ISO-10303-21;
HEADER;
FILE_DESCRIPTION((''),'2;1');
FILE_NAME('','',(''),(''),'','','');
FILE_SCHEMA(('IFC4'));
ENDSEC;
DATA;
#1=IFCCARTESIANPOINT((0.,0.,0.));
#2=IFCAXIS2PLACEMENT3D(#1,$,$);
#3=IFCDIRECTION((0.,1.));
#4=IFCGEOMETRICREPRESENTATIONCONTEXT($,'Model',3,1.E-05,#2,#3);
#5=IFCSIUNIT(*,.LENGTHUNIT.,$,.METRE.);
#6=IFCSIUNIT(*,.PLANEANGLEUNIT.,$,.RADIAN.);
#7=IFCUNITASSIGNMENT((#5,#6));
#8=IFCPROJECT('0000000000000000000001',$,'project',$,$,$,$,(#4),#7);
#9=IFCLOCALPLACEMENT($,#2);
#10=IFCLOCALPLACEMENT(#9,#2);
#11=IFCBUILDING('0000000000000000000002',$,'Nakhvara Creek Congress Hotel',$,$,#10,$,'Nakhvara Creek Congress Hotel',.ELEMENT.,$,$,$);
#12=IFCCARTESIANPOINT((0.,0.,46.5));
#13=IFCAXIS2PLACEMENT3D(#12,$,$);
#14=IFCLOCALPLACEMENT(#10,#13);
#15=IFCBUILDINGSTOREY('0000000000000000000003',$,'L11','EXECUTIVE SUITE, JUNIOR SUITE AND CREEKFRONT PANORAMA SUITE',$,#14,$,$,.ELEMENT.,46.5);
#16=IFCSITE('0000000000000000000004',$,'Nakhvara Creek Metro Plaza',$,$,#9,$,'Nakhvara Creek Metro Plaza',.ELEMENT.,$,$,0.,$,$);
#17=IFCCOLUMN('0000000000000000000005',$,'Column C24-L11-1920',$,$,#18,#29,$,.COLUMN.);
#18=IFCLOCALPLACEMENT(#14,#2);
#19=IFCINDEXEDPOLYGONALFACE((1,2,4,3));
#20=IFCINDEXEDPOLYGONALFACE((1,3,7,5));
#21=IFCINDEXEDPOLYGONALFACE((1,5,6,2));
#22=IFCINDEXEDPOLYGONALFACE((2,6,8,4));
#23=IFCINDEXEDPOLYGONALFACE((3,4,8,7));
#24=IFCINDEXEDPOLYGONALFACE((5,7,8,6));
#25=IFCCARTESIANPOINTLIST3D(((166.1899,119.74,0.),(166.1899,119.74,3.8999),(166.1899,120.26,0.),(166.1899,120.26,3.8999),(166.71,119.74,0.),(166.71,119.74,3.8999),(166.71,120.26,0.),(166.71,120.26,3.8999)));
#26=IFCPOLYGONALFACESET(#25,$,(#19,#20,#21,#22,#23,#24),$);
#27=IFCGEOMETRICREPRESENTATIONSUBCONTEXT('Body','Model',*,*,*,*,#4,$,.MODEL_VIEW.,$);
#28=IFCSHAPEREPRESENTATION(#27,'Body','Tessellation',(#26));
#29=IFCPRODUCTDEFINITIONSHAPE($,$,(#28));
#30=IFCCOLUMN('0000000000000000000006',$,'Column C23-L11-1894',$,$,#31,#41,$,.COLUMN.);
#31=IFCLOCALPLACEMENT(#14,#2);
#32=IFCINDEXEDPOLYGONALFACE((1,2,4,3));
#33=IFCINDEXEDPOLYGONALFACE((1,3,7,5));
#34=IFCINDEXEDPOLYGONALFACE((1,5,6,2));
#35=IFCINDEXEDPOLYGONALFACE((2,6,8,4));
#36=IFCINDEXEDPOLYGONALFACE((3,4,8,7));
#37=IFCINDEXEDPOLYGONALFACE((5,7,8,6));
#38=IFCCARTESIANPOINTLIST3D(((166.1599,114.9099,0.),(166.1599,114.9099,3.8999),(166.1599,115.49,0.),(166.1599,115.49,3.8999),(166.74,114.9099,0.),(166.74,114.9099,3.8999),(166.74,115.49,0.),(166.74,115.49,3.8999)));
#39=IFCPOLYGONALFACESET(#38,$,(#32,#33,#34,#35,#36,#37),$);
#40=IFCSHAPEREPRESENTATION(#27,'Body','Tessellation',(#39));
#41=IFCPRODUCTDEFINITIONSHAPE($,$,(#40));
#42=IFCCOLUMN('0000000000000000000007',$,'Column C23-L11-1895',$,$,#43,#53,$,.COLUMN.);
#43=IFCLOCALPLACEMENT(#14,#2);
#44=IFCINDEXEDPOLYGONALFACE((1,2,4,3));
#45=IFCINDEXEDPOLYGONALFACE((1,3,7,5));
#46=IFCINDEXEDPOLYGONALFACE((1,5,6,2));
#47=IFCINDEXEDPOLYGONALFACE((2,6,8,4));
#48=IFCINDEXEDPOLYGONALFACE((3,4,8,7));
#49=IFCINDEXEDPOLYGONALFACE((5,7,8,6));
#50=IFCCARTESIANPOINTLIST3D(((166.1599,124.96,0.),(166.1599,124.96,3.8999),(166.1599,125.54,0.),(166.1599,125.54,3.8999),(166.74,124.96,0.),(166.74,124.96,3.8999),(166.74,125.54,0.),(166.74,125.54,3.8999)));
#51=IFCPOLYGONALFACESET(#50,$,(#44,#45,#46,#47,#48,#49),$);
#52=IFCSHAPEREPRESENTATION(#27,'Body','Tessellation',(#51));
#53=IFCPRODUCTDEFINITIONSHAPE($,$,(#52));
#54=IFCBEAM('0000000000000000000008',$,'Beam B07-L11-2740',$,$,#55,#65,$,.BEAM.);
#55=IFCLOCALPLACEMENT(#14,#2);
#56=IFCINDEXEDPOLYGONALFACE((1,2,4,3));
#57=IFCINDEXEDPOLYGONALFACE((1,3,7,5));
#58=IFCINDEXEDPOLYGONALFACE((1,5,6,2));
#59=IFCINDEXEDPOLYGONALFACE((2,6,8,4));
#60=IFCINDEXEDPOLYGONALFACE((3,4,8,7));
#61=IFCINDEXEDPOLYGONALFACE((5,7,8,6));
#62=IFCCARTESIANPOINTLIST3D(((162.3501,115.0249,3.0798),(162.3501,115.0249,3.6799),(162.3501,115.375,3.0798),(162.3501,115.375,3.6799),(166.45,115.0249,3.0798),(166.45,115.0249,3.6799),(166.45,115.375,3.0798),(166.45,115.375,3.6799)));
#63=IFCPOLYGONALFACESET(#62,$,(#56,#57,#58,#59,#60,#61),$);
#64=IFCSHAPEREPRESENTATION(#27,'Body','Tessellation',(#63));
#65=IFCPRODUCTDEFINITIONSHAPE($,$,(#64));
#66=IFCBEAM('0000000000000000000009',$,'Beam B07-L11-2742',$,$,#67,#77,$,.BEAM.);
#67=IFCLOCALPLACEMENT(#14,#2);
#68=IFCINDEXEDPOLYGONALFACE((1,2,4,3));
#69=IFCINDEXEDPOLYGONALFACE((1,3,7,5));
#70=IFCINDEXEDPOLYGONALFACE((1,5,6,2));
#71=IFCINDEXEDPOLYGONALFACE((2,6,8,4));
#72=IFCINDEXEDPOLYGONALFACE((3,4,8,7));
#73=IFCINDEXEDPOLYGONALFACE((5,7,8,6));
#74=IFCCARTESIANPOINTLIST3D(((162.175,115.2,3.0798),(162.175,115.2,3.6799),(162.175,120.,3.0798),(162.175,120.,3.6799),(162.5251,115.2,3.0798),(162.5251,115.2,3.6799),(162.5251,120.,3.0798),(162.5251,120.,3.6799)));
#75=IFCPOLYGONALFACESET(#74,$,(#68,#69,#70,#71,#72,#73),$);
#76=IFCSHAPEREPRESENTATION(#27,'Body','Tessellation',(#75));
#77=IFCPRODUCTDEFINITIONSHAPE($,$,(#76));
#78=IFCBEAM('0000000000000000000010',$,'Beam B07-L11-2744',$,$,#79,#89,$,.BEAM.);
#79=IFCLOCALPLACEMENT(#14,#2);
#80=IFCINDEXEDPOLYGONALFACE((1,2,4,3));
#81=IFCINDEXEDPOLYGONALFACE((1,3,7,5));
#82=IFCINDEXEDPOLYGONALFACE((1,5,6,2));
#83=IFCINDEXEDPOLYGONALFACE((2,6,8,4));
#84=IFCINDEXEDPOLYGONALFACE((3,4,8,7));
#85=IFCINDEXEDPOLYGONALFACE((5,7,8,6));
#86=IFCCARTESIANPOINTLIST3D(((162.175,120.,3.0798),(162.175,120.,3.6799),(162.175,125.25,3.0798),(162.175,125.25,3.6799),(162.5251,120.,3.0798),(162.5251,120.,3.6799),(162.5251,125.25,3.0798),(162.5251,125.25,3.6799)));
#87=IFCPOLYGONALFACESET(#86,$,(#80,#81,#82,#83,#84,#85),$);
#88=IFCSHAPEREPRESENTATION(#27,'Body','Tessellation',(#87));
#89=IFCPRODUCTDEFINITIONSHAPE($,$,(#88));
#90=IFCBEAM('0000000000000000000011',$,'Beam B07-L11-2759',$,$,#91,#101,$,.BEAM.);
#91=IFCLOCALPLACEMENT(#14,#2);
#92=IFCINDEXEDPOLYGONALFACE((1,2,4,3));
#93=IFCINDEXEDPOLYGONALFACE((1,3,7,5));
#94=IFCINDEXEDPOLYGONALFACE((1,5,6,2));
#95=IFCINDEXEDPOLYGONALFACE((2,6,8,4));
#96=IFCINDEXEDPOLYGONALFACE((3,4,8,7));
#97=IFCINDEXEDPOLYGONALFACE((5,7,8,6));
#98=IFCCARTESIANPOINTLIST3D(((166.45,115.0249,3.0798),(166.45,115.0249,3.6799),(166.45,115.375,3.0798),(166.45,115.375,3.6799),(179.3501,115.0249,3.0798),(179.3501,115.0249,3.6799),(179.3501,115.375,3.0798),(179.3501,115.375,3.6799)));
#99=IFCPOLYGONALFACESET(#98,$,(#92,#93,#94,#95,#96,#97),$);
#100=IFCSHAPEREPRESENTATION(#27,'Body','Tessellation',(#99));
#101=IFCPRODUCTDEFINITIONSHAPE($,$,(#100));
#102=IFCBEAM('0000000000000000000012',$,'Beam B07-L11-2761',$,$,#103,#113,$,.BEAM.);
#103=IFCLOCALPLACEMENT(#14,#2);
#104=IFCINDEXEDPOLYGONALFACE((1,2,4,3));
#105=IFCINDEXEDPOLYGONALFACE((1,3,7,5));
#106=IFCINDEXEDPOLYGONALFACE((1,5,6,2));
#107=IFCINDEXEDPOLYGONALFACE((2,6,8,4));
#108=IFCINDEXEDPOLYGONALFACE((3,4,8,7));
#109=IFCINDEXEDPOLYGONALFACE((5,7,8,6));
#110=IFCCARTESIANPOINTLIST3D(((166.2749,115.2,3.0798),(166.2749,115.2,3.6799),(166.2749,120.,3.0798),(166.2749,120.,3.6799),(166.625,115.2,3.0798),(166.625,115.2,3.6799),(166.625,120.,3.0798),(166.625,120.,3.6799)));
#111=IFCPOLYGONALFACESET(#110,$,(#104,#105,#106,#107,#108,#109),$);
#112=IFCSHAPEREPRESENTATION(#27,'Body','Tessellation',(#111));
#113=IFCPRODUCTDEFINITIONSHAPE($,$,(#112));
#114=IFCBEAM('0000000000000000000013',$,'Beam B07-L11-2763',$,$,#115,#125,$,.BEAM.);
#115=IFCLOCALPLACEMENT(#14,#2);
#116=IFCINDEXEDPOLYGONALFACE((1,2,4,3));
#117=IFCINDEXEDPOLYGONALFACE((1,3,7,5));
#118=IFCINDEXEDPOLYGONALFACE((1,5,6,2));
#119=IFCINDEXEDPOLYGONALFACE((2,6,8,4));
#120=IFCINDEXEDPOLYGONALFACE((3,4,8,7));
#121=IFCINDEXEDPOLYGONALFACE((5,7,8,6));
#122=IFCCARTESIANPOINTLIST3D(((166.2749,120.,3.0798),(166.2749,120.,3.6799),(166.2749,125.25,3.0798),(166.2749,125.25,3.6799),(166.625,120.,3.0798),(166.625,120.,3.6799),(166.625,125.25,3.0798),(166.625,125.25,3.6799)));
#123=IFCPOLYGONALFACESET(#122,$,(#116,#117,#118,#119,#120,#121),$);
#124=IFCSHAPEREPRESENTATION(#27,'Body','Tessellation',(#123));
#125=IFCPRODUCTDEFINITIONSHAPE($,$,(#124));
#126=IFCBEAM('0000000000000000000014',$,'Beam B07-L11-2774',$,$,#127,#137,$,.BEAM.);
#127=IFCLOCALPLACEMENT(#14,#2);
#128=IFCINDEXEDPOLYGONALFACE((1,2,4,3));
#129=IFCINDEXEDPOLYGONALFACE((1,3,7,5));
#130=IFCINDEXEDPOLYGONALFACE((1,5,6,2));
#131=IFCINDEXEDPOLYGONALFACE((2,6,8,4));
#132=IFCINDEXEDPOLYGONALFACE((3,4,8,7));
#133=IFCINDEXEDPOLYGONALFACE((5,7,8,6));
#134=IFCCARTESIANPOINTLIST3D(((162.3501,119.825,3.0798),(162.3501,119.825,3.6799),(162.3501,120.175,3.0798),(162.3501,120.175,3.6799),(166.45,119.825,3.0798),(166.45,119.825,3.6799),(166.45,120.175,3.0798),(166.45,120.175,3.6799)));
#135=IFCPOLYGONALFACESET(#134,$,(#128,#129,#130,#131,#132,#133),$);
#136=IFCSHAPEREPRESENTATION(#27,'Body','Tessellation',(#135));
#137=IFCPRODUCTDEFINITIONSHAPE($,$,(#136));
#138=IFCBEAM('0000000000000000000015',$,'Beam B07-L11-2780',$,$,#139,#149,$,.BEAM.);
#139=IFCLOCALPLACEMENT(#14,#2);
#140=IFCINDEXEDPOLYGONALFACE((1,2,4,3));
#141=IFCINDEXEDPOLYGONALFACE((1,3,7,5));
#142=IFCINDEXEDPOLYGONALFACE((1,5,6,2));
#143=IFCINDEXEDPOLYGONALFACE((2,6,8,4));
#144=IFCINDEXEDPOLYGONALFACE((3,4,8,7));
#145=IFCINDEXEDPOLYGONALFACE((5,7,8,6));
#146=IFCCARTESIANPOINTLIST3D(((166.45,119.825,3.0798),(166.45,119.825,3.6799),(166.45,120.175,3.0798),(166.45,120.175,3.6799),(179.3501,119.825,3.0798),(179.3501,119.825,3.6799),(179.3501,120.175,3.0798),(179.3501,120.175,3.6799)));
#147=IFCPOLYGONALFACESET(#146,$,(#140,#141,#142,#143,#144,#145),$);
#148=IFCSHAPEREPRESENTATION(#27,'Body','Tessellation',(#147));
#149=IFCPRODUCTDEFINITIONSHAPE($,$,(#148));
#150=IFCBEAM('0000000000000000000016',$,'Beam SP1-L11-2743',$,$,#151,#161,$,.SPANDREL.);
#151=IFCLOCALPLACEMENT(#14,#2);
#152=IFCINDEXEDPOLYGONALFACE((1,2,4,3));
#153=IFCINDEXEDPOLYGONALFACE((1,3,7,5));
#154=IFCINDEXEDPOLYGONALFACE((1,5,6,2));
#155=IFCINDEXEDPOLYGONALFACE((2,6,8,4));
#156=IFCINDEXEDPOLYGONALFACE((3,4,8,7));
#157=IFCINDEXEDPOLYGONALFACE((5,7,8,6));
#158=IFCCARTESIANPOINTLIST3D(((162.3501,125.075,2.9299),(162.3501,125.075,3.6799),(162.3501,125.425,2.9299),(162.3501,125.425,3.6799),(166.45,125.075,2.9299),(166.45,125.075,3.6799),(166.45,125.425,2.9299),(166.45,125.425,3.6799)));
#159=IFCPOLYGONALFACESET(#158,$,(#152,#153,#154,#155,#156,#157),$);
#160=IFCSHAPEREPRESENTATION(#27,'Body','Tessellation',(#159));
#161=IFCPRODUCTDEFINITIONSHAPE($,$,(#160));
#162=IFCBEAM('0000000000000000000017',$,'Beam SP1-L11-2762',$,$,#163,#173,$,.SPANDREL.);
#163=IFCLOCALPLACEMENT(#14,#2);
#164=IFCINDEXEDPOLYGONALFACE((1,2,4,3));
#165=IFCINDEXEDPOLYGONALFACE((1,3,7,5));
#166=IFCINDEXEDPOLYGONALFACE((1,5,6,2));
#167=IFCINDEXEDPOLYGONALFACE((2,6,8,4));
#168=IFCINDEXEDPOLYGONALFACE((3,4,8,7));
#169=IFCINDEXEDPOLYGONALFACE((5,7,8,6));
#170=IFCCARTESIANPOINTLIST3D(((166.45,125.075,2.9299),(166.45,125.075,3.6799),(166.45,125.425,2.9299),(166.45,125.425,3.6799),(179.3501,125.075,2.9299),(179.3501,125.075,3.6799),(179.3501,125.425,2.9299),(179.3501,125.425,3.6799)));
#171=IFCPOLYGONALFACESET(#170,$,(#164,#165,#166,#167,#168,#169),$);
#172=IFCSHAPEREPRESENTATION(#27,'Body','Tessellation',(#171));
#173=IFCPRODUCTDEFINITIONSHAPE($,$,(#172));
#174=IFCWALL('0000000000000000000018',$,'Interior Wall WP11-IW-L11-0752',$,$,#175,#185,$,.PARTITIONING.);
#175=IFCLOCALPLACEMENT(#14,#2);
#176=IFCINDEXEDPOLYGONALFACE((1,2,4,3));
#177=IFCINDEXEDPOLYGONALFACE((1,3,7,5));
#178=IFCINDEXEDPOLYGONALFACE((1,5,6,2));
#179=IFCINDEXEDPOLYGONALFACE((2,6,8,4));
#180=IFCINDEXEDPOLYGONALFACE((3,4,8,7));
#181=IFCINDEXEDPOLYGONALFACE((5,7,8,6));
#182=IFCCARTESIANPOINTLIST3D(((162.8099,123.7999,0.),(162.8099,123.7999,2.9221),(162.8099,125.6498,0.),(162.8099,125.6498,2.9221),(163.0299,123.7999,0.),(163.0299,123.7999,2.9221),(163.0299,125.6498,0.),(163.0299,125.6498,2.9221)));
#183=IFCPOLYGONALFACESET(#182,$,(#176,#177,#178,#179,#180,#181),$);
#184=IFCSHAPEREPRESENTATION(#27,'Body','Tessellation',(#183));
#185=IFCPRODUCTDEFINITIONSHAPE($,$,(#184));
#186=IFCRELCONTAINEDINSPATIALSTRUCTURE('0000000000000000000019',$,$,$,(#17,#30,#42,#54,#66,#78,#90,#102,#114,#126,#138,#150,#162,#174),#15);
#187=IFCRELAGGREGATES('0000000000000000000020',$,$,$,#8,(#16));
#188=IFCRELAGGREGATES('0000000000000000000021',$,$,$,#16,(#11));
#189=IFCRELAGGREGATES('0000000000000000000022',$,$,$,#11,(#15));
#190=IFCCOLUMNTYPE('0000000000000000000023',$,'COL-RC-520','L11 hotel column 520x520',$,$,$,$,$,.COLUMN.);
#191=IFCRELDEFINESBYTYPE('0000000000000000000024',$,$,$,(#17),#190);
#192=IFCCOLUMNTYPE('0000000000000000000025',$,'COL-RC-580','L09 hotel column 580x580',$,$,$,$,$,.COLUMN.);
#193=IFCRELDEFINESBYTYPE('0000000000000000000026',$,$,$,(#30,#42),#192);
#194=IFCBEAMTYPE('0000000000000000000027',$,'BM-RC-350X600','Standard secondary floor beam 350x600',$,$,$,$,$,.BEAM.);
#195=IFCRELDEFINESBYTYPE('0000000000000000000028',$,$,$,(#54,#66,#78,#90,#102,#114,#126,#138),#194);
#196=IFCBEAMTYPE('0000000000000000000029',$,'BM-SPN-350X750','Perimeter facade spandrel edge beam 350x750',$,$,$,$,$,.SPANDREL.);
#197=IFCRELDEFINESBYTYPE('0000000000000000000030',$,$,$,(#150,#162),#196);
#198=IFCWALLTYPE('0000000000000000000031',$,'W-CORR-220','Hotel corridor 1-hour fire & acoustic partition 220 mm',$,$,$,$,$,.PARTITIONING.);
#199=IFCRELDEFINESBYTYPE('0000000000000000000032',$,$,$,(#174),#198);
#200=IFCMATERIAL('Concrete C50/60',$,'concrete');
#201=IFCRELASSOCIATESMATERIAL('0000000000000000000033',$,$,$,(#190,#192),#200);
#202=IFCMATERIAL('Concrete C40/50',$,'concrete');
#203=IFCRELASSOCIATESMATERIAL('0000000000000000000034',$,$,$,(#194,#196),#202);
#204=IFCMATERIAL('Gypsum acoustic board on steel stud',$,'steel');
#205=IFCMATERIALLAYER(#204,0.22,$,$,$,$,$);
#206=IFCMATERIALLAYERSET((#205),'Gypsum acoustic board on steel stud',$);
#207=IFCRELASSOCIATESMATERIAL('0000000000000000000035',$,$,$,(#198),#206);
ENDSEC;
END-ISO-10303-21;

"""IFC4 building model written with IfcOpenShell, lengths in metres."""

from ifc_helpers import new_model, si_unit, direction, frame, frame_2d, origin, origin_2d, place, context, subcontext, project, spatial, rectangle, extrude, material, layer, layer_set, material_profile, profile_set, type_object, element, save


model = new_model("IFC4")

# Units and contexts
model_context = context("Model", 3, precision=1e-05, world=origin(), true_north=direction((0.0, 1.0)))
body_context = subcontext(model_context, "Body", "Model", "MODEL_VIEW")
ifc_project = project(units=[si_unit("LENGTHUNIT", "METRE"), si_unit("PLANEANGLEUNIT", "RADIAN")], contexts=[model_context])

# Site, building, storey
site_placement = place(None, origin())
site = spatial("IfcSite", under=ifc_project, at=site_placement, Name="Nakhvara Creek Metro Plaza", LongName="Nakhvara Creek Metro Plaza", CompositionType="ELEMENT", RefElevation=0.0)
building_placement = place(site_placement, origin())
building = spatial("IfcBuilding", under=site, at=building_placement, Name="Nakhvara Creek Congress Hotel", LongName="Nakhvara Creek Congress Hotel", CompositionType="ELEMENT")
storey_placement = place(building_placement, frame((0.0, 0.0, 46.5)))
storey = spatial("IfcBuildingStorey", under=building, at=storey_placement, Name="L11", Description="EXECUTIVE SUITE, JUNIOR SUITE AND CREEKFRONT PANORAMA SUITE", CompositionType="ELEMENT", Elevation=46.5)

# Columns
ifc_material_1 = material(Name="Concrete C50/60", Category="concrete")
ifc_material_profile_1 = material_profile(ifc_material_1, rectangle(XDim=0.52, YDim=0.52, at=origin_2d()), Name="RC-COL 520x520", Category="LoadBearing")
ifc_profile_set_1 = profile_set([ifc_material_profile_1], Name="Concrete C50/60")
column_type_1 = type_object("IfcColumnType", Name="COL-RC-520", Description="L11 hotel column 520x520", PredefinedType="COLUMN", material=ifc_profile_set_1)
column_placement = place(storey_placement, frame((166.45, 120.0, 0.0), z_axis=(0.0, 0.0, 1.0), x_axis=(1.0, 0.0, 0.0)))
element("IfcColumn", 1, at=column_placement, inside=storey, type_object=column_type_1, Name="Column C24-L11-1920", PredefinedType="COLUMN", context=body_context, shape_type="SweptSolid", body=[
    extrude(rectangle(XDim=0.52, YDim=0.52, at=origin_2d()), origin(), (0.0, 0.0, 1.0), 3.8999),
])
ifc_material_profile_2 = material_profile(ifc_material_1, rectangle(XDim=0.5801, YDim=0.5801, at=origin_2d()), Name="RC-COL 580x580", Category="LoadBearing")
ifc_profile_set_2 = profile_set([ifc_material_profile_2], Name="Concrete C50/60")
column_type_2 = type_object("IfcColumnType", Name="COL-RC-580", Description="L09 hotel column 580x580", PredefinedType="COLUMN", material=ifc_profile_set_2)
for number, where, z_axis, x_axis, name in (
    (2, (166.45, 115.2, 0.0), (0.0, 0.0, 1.0), (1.0, 0.0, 0.0), "Column C23-L11-1894"),
    (3, (166.45, 125.25, 0.0), (0.0, 0.0, 1.0), (1.0, 0.0, 0.0), "Column C23-L11-1895"),
):
    element("IfcColumn", number, at=place(storey_placement, frame(where, z_axis=z_axis, x_axis=x_axis)), inside=storey, type_object=column_type_2, Name=name, PredefinedType="COLUMN", context=body_context, shape_type="SweptSolid", body=[
        extrude(rectangle(XDim=0.5801, YDim=0.5801, at=origin_2d()), origin(), (0.0, 0.0, 1.0), 3.8999),
    ])

# Beams
ifc_material_2 = material(Name="Concrete C40/50", Category="concrete")
ifc_material_profile_3 = material_profile(ifc_material_2, rectangle(XDim=0.3501, YDim=0.6001, at=origin_2d()), Name="RC-BM 350x600", Category="LoadBearing")
ifc_profile_set_3 = profile_set([ifc_material_profile_3], Name="Concrete C40/50")
beam_type_1 = type_object("IfcBeamType", Name="BM-RC-350X600", Description="Standard secondary floor beam 350x600", PredefinedType="BEAM", material=ifc_profile_set_3)
beam_1_placement = place(storey_placement, frame((162.3501, 115.2, 3.3799), z_axis=(1.0, 0.0, 0.0), x_axis=(0.0, 1.0, 0.0)))
element("IfcBeam", 4, at=beam_1_placement, inside=storey, type_object=beam_type_1, Name="Beam B07-L11-2740", PredefinedType="BEAM", context=body_context, shape_type="SweptSolid", body=[
    extrude(rectangle(XDim=0.3501, YDim=0.6001, at=origin_2d()), origin(), (0.0, 0.0, 1.0), 4.0999),
])
beam_2_placement = place(storey_placement, frame((162.3501, 115.2, 3.3799), z_axis=(0.0, 1.0, 0.0), x_axis=(-1.0, 0.0, 0.0)))
element("IfcBeam", 5, at=beam_2_placement, inside=storey, type_object=beam_type_1, Name="Beam B07-L11-2742", PredefinedType="BEAM", context=body_context, shape_type="SweptSolid", body=[
    extrude(rectangle(XDim=0.3501, YDim=0.6001, at=origin_2d()), origin(), (0.0, 0.0, 1.0), 4.8),
])
beam_3_placement = place(storey_placement, frame((162.3501, 120.0, 3.3799), z_axis=(0.0, 1.0, 0.0), x_axis=(-1.0, 0.0, 0.0)))
element("IfcBeam", 6, at=beam_3_placement, inside=storey, type_object=beam_type_1, Name="Beam B07-L11-2744", PredefinedType="BEAM", context=body_context, shape_type="SweptSolid", body=[
    extrude(rectangle(XDim=0.3501, YDim=0.6001, at=origin_2d()), origin(), (0.0, 0.0, 1.0), 5.25),
])
beam_4_placement = place(storey_placement, frame((166.45, 115.2, 3.3799), z_axis=(1.0, 0.0, 0.0), x_axis=(0.0, 1.0, 0.0)))
element("IfcBeam", 7, at=beam_4_placement, inside=storey, type_object=beam_type_1, Name="Beam B07-L11-2759", PredefinedType="BEAM", context=body_context, shape_type="SweptSolid", body=[
    extrude(rectangle(XDim=0.3501, YDim=0.6001, at=origin_2d()), origin(), (0.0, 0.0, 1.0), 12.9001),
])
beam_5_placement = place(storey_placement, frame((166.45, 115.2, 3.3799), z_axis=(0.0, 1.0, 0.0), x_axis=(-1.0, 0.0, 0.0)))
element("IfcBeam", 8, at=beam_5_placement, inside=storey, type_object=beam_type_1, Name="Beam B07-L11-2761", PredefinedType="BEAM", context=body_context, shape_type="SweptSolid", body=[
    extrude(rectangle(XDim=0.3501, YDim=0.6001, at=origin_2d()), origin(), (0.0, 0.0, 1.0), 4.8),
])
beam_6_placement = place(storey_placement, frame((166.45, 120.0, 3.3799), z_axis=(0.0, 1.0, 0.0), x_axis=(-1.0, 0.0, 0.0)))
element("IfcBeam", 9, at=beam_6_placement, inside=storey, type_object=beam_type_1, Name="Beam B07-L11-2763", PredefinedType="BEAM", context=body_context, shape_type="SweptSolid", body=[
    extrude(rectangle(XDim=0.3501, YDim=0.6001, at=origin_2d()), origin(), (0.0, 0.0, 1.0), 5.25),
])
beam_7_placement = place(storey_placement, frame((162.3501, 120.0, 3.3799), z_axis=(1.0, 0.0, 0.0), x_axis=(0.0, 1.0, 0.0)))
element("IfcBeam", 10, at=beam_7_placement, inside=storey, type_object=beam_type_1, Name="Beam B07-L11-2774", PredefinedType="BEAM", context=body_context, shape_type="SweptSolid", body=[
    extrude(rectangle(XDim=0.3501, YDim=0.6001, at=origin_2d()), origin(), (0.0, 0.0, 1.0), 4.0999),
])
beam_8_placement = place(storey_placement, frame((166.45, 120.0, 3.3799), z_axis=(1.0, 0.0, 0.0), x_axis=(0.0, 1.0, 0.0)))
element("IfcBeam", 11, at=beam_8_placement, inside=storey, type_object=beam_type_1, Name="Beam B07-L11-2780", PredefinedType="BEAM", context=body_context, shape_type="SweptSolid", body=[
    extrude(rectangle(XDim=0.3501, YDim=0.6001, at=origin_2d()), origin(), (0.0, 0.0, 1.0), 12.9001),
])
ifc_material_profile_4 = material_profile(ifc_material_2, rectangle(XDim=0.3501, YDim=0.75, at=origin_2d()), Name="RC-SPANDREL 350x750", Category="LoadBearing")
ifc_profile_set_4 = profile_set([ifc_material_profile_4], Name="Concrete C40/50")
beam_type_2 = type_object("IfcBeamType", Name="BM-SPN-350X750", Description="Perimeter facade spandrel edge beam 350x750", PredefinedType="SPANDREL", material=ifc_profile_set_4)
beam_9_placement = place(storey_placement, frame((162.3501, 125.25, 3.3049), z_axis=(1.0, 0.0, 0.0), x_axis=(0.0, 1.0, 0.0)))
element("IfcBeam", 12, at=beam_9_placement, inside=storey, type_object=beam_type_2, Name="Beam SP1-L11-2743", PredefinedType="SPANDREL", context=body_context, shape_type="SweptSolid", body=[
    extrude(rectangle(XDim=0.3501, YDim=0.75, at=origin_2d()), origin(), (0.0, 0.0, 1.0), 4.0999),
])
beam_10_placement = place(storey_placement, frame((166.45, 125.25, 3.3049), z_axis=(1.0, 0.0, 0.0), x_axis=(0.0, 1.0, 0.0)))
element("IfcBeam", 13, at=beam_10_placement, inside=storey, type_object=beam_type_2, Name="Beam SP1-L11-2762", PredefinedType="SPANDREL", context=body_context, shape_type="SweptSolid", body=[
    extrude(rectangle(XDim=0.3501, YDim=0.75, at=origin_2d()), origin(), (0.0, 0.0, 1.0), 12.9001),
])

# Wall
ifc_material_3 = material(Name="Gypsum acoustic board on steel stud", Category="steel")
ifc_layer_1 = layer(ifc_material_3, 0.22)
ifc_layer_set_1 = layer_set([ifc_layer_1], Name="Gypsum acoustic board on steel stud")
wall_type_1 = type_object("IfcWallType", Name="W-CORR-220", Description="Hotel corridor 1-hour fire & acoustic partition 220 mm", PredefinedType="PARTITIONING", material=ifc_layer_set_1)
wall_placement = place(storey_placement, frame((162.9199, 123.8, 0.0), z_axis=(0.0, 0.0, 1.0), x_axis=(0.0, 1.0, 0.0)))
element("IfcWall", 14, at=wall_placement, inside=storey, type_object=wall_type_1, Name="Interior Wall WP11-IW-L11-0752", PredefinedType="PARTITIONING", context=body_context, shape_type="SweptSolid", body=[
    extrude(rectangle(XDim=1.8499, YDim=0.22, at=frame_2d((0.9248, 0.0))), origin(), (0.0, 0.0, 1.0), 2.9221),
])

save(model, "model.ifc")
